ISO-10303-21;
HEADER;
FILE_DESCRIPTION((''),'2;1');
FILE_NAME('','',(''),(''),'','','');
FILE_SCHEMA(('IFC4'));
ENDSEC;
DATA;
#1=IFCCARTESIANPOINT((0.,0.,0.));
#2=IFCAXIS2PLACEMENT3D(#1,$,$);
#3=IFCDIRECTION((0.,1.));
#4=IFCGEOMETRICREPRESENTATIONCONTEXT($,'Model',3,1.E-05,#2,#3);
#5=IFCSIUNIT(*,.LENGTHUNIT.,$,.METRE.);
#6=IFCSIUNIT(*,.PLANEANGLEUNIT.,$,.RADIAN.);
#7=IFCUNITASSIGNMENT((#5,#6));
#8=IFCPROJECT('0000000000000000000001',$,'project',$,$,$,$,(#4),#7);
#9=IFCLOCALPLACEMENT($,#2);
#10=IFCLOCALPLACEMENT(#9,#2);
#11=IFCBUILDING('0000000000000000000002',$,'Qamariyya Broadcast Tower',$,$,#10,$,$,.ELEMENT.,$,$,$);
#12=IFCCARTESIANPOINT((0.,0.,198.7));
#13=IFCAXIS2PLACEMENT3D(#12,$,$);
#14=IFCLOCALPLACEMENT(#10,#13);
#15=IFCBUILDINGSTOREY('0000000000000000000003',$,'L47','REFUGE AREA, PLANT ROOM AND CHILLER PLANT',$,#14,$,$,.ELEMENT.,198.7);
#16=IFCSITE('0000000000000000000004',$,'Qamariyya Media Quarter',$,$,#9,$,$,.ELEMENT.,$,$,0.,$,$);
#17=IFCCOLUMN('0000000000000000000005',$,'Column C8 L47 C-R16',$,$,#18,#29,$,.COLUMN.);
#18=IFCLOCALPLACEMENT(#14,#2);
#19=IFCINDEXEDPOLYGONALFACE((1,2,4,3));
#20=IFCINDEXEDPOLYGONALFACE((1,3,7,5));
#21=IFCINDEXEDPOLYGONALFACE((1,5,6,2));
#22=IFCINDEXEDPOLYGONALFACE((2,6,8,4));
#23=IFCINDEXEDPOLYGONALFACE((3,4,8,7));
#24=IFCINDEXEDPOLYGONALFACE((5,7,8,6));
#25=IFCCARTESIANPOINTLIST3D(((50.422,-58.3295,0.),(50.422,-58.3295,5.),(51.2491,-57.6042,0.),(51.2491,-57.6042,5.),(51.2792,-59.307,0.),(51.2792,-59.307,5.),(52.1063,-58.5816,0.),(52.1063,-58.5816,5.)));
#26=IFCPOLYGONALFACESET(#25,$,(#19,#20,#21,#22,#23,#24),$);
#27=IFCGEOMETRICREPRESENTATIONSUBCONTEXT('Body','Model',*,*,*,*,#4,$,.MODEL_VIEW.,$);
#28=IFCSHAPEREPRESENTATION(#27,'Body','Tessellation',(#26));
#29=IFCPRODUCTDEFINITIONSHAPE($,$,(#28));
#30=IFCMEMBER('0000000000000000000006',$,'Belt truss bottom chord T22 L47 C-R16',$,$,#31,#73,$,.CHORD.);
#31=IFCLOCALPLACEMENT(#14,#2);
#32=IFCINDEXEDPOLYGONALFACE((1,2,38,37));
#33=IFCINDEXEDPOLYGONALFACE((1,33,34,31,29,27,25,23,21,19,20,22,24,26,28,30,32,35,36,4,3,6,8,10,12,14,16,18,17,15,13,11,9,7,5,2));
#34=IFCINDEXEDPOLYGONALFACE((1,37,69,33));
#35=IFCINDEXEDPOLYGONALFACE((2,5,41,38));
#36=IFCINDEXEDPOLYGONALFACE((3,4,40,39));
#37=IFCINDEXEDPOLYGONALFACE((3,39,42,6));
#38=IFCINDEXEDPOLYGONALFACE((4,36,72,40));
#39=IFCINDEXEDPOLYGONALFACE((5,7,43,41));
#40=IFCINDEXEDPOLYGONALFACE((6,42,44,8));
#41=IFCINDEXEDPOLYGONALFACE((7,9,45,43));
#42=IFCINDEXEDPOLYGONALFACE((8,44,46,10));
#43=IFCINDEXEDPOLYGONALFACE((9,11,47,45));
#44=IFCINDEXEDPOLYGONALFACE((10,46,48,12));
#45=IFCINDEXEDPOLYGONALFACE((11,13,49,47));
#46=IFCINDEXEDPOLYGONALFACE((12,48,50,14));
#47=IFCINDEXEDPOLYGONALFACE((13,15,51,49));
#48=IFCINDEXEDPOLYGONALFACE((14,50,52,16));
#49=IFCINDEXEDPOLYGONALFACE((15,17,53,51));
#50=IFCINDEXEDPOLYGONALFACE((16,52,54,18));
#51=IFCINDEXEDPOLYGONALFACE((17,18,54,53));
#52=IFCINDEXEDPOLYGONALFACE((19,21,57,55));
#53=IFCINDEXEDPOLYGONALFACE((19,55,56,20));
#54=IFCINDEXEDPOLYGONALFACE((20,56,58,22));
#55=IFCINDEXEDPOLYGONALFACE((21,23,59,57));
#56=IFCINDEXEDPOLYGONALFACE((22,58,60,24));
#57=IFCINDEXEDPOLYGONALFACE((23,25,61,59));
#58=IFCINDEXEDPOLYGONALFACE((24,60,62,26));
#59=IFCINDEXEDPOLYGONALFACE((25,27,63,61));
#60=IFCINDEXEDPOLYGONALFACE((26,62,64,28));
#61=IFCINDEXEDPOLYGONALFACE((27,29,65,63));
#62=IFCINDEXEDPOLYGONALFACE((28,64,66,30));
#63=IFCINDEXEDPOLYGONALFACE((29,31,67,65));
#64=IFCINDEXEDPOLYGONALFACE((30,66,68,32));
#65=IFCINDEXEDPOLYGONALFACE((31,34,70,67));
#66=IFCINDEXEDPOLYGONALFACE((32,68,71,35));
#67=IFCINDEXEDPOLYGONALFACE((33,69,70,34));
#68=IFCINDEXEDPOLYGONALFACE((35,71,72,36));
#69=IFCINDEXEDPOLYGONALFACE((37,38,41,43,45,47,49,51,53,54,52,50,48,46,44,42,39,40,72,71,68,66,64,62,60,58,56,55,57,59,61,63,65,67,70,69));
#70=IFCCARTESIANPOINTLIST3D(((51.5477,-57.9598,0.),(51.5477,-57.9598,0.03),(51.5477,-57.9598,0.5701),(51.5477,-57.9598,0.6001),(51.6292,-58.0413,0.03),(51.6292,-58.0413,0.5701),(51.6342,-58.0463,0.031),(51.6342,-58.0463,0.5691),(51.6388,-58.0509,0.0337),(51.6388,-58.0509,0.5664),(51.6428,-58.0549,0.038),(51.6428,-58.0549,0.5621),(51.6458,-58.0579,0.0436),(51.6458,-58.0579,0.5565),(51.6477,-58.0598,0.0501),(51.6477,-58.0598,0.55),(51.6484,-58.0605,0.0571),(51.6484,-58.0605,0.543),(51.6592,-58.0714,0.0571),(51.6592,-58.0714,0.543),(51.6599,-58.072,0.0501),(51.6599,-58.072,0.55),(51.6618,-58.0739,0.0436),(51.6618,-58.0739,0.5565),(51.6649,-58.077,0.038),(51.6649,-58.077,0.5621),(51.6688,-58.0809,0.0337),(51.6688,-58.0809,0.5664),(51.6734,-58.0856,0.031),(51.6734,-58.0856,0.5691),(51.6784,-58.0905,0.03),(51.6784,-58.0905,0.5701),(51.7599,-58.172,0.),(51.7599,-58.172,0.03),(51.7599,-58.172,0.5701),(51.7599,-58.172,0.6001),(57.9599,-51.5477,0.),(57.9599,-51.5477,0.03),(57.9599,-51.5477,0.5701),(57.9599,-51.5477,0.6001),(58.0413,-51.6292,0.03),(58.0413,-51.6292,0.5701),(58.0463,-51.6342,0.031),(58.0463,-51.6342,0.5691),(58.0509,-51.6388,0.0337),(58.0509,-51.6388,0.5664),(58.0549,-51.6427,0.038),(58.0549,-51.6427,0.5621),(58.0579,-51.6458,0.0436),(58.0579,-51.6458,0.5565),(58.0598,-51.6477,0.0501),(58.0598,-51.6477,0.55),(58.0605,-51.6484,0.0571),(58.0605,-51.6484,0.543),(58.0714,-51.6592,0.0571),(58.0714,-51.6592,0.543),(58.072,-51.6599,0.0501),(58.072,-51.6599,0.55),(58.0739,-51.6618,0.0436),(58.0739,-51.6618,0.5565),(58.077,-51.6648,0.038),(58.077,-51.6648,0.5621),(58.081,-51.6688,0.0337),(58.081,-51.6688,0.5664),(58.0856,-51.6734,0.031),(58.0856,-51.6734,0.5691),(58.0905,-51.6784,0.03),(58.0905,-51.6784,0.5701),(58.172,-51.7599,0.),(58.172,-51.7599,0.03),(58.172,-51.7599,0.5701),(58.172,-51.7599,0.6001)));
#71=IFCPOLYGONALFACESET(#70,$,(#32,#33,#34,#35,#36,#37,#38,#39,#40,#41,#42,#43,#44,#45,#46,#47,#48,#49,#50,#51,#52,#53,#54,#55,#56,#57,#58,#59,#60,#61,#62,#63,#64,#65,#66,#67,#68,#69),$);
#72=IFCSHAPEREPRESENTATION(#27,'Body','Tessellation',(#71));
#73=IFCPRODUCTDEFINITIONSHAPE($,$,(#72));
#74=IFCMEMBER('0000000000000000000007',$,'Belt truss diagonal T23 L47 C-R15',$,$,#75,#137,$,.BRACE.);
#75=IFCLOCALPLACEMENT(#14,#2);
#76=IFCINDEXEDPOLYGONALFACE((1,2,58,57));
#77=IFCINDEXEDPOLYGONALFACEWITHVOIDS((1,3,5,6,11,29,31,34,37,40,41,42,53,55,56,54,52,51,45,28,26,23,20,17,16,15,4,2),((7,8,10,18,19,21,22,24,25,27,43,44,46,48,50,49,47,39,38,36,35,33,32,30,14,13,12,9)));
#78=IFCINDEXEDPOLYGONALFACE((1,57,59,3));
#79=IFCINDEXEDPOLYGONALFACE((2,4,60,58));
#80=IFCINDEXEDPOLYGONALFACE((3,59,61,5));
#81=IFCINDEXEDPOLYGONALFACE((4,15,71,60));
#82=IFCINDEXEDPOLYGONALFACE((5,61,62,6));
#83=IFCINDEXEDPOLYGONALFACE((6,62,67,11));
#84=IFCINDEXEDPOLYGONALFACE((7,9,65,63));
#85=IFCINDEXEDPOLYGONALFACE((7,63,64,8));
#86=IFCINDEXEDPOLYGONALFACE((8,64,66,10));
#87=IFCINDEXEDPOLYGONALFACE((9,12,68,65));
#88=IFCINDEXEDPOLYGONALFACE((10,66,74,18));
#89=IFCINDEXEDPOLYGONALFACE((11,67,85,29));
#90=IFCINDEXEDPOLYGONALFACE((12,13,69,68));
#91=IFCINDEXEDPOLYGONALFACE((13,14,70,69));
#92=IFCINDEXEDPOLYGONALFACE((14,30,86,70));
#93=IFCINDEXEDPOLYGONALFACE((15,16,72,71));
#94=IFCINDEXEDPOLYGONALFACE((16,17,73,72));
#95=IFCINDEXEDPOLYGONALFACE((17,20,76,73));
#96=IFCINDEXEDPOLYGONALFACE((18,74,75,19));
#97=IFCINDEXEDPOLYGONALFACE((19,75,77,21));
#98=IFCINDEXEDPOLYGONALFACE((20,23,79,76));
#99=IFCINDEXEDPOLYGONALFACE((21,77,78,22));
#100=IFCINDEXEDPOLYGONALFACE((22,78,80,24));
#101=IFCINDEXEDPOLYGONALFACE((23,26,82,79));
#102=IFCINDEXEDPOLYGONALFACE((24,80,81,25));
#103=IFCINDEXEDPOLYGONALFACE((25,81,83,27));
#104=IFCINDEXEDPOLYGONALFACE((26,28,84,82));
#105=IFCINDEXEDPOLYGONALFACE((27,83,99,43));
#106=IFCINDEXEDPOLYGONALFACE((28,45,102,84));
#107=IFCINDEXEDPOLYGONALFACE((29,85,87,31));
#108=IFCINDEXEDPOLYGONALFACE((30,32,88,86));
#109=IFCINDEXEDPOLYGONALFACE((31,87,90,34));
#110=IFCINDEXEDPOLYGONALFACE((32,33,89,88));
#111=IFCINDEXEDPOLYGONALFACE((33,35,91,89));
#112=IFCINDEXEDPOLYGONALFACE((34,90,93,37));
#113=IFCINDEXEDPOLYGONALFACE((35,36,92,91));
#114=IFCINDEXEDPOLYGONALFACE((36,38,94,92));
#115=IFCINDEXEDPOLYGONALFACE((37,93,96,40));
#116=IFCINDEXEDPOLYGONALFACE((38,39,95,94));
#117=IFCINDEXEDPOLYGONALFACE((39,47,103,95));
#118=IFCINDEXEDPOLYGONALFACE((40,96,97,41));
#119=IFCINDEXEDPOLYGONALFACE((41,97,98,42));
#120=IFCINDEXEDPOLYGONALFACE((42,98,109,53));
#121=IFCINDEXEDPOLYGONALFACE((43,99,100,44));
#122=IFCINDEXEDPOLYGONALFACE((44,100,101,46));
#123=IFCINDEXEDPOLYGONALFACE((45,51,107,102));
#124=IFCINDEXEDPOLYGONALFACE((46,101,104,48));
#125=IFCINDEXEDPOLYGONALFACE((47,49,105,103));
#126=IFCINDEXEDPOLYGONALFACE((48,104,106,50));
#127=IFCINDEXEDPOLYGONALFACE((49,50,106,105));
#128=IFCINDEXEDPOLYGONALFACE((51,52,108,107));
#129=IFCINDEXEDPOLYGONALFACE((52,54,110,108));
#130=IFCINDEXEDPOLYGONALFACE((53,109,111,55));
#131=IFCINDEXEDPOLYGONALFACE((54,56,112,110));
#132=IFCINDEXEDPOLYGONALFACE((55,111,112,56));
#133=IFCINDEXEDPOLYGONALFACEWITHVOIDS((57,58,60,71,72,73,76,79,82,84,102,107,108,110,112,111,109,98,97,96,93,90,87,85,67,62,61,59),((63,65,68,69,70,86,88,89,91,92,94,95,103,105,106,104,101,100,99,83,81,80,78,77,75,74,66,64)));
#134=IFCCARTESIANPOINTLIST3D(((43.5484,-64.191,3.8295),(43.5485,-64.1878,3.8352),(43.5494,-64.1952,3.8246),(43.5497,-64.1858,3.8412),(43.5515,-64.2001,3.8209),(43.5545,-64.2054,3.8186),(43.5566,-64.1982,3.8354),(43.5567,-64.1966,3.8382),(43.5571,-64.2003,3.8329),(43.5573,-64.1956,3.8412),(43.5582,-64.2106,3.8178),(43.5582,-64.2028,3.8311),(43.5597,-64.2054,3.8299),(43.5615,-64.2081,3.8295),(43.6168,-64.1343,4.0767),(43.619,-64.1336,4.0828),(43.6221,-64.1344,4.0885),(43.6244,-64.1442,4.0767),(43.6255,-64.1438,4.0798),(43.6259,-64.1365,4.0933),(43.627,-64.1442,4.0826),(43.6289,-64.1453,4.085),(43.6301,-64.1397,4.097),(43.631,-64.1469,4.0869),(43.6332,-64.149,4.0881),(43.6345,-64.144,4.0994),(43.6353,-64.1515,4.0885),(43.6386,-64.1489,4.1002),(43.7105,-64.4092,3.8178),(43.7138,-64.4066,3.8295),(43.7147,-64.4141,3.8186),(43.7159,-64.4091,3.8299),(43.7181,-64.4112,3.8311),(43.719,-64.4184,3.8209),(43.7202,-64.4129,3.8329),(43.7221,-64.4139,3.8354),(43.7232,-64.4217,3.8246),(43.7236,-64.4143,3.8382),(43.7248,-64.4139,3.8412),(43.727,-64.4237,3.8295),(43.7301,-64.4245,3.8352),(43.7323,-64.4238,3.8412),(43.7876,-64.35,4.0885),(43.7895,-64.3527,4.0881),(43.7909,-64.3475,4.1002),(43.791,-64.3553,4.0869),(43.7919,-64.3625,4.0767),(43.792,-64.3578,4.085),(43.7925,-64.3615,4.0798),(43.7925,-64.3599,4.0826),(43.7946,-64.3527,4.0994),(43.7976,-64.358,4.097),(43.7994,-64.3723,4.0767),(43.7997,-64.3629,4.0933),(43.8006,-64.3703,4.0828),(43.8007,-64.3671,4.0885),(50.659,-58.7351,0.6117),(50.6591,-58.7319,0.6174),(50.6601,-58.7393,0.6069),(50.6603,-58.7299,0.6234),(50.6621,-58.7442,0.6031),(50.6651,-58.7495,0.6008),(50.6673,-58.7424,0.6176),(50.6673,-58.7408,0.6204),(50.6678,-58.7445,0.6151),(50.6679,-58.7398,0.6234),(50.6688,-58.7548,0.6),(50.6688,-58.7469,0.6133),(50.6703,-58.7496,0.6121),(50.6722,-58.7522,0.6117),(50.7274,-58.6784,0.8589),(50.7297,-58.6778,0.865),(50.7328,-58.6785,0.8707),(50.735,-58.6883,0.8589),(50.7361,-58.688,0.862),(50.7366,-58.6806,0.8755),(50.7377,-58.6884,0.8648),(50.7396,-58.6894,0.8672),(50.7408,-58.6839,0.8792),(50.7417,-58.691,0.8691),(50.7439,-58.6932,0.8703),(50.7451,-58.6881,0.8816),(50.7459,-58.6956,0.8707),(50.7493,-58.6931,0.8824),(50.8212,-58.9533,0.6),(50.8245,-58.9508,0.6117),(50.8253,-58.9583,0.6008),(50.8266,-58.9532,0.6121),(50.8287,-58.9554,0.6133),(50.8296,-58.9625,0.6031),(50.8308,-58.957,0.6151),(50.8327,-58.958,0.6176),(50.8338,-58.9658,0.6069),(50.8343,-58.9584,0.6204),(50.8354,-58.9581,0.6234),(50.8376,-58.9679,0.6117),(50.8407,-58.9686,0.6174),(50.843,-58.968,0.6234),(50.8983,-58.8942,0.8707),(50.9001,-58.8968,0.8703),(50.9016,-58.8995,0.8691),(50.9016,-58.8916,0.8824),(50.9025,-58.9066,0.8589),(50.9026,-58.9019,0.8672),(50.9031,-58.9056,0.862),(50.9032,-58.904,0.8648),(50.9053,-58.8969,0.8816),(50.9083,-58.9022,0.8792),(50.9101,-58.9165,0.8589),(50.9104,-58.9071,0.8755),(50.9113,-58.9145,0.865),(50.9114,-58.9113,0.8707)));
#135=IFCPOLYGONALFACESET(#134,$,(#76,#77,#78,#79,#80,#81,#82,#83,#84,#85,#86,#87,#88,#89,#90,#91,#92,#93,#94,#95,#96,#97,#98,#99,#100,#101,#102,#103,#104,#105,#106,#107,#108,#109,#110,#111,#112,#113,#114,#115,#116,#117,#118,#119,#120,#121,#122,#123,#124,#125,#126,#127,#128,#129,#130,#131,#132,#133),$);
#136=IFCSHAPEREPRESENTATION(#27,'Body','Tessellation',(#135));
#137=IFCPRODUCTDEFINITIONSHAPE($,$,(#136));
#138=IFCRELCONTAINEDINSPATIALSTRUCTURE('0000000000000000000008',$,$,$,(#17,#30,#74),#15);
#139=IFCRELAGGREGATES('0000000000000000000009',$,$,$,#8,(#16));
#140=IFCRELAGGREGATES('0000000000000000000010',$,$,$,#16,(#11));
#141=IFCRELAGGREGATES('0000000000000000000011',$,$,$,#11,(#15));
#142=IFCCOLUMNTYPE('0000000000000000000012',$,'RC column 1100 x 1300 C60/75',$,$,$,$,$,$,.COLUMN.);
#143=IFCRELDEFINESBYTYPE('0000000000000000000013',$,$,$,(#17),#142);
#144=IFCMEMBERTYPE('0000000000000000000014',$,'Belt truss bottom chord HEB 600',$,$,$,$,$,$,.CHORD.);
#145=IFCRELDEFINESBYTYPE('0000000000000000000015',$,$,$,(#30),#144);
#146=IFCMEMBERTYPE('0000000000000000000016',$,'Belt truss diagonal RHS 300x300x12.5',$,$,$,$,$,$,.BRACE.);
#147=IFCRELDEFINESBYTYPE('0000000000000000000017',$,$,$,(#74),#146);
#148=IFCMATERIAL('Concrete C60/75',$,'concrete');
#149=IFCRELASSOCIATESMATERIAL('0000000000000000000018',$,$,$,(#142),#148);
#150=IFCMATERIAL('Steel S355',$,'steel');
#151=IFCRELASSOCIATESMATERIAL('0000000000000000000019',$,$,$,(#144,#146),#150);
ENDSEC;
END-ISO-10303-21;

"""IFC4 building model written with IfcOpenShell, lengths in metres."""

from ifc_helpers import new_model, si_unit, direction, frame, origin, origin_2d, place, context, subcontext, project, spatial, rectangle, hollow_rectangle, i_section, extrude, material, material_profile, profile_set, type_object, element, save


model = new_model("IFC4")

# Units and contexts
model_context = context("Model", 3, precision=1e-05, world=origin(), true_north=direction((0.0, 1.0)))
body_context = subcontext(model_context, "Body", "Model", "MODEL_VIEW")
ifc_project = project(units=[si_unit("LENGTHUNIT", "METRE"), si_unit("PLANEANGLEUNIT", "RADIAN")], contexts=[model_context])

# Site, building, storey
site_placement = place(None, origin())
site = spatial("IfcSite", under=ifc_project, at=site_placement, Name="Qamariyya Media Quarter", CompositionType="ELEMENT", RefElevation=0.0)
building_placement = place(site_placement, origin())
building = spatial("IfcBuilding", under=site, at=building_placement, Name="Qamariyya Broadcast Tower", CompositionType="ELEMENT")
storey_placement = place(building_placement, frame((0.0, 0.0, 198.7)))
storey = spatial("IfcBuildingStorey", under=building, at=storey_placement, Name="L47", Description="REFUGE AREA, PLANT ROOM AND CHILLER PLANT", CompositionType="ELEMENT", Elevation=198.7)

# Column
ifc_material_1 = material(Name="Concrete C60/75", Category="concrete")
ifc_material_profile_1 = material_profile(ifc_material_1, rectangle(XDim=1.1001, YDim=1.3, at=origin_2d()))
ifc_profile_set_1 = profile_set([ifc_material_profile_1], Name="Concrete C60/75")
column_type = type_object("IfcColumnType", Name="RC column 1100 x 1300 C60/75", PredefinedType="COLUMN", material=ifc_profile_set_1)
column_placement = place(storey_placement, frame((51.2642, -58.4556, 0.0), z_axis=(0.0, 0.0, 1.0), x_axis=(0.75184, 0.659346, 0.0)))
element("IfcColumn", 1, at=column_placement, inside=storey, type_object=column_type, Name="Column C8 L47 C-R16", PredefinedType="COLUMN", context=body_context, shape_type="SweptSolid", body=[
    extrude(rectangle(XDim=1.1001, YDim=1.3, at=origin_2d()), origin(), (0.0, 0.0, 1.0), 5.0),
])

# Members
ifc_material_2 = material(Name="Steel S355", Category="steel")
ifc_material_profile_2 = material_profile(ifc_material_2, i_section(OverallWidth=0.3, OverallDepth=0.6001, WebThickness=0.0154, FlangeThickness=0.03, FilletRadius=0.0271, at=origin_2d()))
ifc_profile_set_2 = profile_set([ifc_material_profile_2], Name="Steel S355")
member_type_1 = type_object("IfcMemberType", Name="Belt truss bottom chord HEB 600", PredefinedType="CHORD", material=ifc_profile_set_2)
member_1_placement = place(storey_placement, frame((51.6538, -58.0659, 0.3), z_axis=(0.707107, 0.707107, 0.0), x_axis=(-0.707107, 0.707107, 0.0)))
element("IfcMember", 2, at=member_1_placement, inside=storey, type_object=member_type_1, Name="Belt truss bottom chord T22 L47 C-R16", PredefinedType="CHORD", context=body_context, shape_type="SweptSolid", body=[
    extrude(i_section(OverallWidth=0.3, OverallDepth=0.6001, WebThickness=0.0154, FlangeThickness=0.03, FilletRadius=0.0271, at=origin_2d()), origin(), (0.0, 0.0, 1.0), 9.0681),
])
ifc_material_profile_3 = material_profile(ifc_material_2, hollow_rectangle(XDim=0.3, YDim=0.3, WallThickness=0.0125, InnerFilletRadius=0.0125, OuterFilletRadius=0.0249, at=origin_2d()))
ifc_profile_set_3 = profile_set([ifc_material_profile_3], Name="Steel S355")
member_type_2 = type_object("IfcMemberType", Name="Belt truss diagonal RHS 300x300x12.5", PredefinedType="BRACE", material=ifc_profile_set_3)
member_2_placement = place(storey_placement, frame((43.6746, -64.2791, 3.959), z_axis=(0.746705, 0.572931, -0.337908), x_axis=(-0.608737, 0.793372, 0.0)))
element("IfcMember", 3, at=member_2_placement, inside=storey, type_object=member_type_2, Name="Belt truss diagonal T23 L47 C-R15", PredefinedType="BRACE", context=body_context, shape_type="SweptSolid", body=[
    extrude(hollow_rectangle(XDim=0.3, YDim=0.3, WallThickness=0.0125, InnerFilletRadius=0.0125, OuterFilletRadius=0.0249, at=origin_2d()), origin(), (0.0, 0.0, 1.0), 9.5227),
])

save(model, "model.ifc")
